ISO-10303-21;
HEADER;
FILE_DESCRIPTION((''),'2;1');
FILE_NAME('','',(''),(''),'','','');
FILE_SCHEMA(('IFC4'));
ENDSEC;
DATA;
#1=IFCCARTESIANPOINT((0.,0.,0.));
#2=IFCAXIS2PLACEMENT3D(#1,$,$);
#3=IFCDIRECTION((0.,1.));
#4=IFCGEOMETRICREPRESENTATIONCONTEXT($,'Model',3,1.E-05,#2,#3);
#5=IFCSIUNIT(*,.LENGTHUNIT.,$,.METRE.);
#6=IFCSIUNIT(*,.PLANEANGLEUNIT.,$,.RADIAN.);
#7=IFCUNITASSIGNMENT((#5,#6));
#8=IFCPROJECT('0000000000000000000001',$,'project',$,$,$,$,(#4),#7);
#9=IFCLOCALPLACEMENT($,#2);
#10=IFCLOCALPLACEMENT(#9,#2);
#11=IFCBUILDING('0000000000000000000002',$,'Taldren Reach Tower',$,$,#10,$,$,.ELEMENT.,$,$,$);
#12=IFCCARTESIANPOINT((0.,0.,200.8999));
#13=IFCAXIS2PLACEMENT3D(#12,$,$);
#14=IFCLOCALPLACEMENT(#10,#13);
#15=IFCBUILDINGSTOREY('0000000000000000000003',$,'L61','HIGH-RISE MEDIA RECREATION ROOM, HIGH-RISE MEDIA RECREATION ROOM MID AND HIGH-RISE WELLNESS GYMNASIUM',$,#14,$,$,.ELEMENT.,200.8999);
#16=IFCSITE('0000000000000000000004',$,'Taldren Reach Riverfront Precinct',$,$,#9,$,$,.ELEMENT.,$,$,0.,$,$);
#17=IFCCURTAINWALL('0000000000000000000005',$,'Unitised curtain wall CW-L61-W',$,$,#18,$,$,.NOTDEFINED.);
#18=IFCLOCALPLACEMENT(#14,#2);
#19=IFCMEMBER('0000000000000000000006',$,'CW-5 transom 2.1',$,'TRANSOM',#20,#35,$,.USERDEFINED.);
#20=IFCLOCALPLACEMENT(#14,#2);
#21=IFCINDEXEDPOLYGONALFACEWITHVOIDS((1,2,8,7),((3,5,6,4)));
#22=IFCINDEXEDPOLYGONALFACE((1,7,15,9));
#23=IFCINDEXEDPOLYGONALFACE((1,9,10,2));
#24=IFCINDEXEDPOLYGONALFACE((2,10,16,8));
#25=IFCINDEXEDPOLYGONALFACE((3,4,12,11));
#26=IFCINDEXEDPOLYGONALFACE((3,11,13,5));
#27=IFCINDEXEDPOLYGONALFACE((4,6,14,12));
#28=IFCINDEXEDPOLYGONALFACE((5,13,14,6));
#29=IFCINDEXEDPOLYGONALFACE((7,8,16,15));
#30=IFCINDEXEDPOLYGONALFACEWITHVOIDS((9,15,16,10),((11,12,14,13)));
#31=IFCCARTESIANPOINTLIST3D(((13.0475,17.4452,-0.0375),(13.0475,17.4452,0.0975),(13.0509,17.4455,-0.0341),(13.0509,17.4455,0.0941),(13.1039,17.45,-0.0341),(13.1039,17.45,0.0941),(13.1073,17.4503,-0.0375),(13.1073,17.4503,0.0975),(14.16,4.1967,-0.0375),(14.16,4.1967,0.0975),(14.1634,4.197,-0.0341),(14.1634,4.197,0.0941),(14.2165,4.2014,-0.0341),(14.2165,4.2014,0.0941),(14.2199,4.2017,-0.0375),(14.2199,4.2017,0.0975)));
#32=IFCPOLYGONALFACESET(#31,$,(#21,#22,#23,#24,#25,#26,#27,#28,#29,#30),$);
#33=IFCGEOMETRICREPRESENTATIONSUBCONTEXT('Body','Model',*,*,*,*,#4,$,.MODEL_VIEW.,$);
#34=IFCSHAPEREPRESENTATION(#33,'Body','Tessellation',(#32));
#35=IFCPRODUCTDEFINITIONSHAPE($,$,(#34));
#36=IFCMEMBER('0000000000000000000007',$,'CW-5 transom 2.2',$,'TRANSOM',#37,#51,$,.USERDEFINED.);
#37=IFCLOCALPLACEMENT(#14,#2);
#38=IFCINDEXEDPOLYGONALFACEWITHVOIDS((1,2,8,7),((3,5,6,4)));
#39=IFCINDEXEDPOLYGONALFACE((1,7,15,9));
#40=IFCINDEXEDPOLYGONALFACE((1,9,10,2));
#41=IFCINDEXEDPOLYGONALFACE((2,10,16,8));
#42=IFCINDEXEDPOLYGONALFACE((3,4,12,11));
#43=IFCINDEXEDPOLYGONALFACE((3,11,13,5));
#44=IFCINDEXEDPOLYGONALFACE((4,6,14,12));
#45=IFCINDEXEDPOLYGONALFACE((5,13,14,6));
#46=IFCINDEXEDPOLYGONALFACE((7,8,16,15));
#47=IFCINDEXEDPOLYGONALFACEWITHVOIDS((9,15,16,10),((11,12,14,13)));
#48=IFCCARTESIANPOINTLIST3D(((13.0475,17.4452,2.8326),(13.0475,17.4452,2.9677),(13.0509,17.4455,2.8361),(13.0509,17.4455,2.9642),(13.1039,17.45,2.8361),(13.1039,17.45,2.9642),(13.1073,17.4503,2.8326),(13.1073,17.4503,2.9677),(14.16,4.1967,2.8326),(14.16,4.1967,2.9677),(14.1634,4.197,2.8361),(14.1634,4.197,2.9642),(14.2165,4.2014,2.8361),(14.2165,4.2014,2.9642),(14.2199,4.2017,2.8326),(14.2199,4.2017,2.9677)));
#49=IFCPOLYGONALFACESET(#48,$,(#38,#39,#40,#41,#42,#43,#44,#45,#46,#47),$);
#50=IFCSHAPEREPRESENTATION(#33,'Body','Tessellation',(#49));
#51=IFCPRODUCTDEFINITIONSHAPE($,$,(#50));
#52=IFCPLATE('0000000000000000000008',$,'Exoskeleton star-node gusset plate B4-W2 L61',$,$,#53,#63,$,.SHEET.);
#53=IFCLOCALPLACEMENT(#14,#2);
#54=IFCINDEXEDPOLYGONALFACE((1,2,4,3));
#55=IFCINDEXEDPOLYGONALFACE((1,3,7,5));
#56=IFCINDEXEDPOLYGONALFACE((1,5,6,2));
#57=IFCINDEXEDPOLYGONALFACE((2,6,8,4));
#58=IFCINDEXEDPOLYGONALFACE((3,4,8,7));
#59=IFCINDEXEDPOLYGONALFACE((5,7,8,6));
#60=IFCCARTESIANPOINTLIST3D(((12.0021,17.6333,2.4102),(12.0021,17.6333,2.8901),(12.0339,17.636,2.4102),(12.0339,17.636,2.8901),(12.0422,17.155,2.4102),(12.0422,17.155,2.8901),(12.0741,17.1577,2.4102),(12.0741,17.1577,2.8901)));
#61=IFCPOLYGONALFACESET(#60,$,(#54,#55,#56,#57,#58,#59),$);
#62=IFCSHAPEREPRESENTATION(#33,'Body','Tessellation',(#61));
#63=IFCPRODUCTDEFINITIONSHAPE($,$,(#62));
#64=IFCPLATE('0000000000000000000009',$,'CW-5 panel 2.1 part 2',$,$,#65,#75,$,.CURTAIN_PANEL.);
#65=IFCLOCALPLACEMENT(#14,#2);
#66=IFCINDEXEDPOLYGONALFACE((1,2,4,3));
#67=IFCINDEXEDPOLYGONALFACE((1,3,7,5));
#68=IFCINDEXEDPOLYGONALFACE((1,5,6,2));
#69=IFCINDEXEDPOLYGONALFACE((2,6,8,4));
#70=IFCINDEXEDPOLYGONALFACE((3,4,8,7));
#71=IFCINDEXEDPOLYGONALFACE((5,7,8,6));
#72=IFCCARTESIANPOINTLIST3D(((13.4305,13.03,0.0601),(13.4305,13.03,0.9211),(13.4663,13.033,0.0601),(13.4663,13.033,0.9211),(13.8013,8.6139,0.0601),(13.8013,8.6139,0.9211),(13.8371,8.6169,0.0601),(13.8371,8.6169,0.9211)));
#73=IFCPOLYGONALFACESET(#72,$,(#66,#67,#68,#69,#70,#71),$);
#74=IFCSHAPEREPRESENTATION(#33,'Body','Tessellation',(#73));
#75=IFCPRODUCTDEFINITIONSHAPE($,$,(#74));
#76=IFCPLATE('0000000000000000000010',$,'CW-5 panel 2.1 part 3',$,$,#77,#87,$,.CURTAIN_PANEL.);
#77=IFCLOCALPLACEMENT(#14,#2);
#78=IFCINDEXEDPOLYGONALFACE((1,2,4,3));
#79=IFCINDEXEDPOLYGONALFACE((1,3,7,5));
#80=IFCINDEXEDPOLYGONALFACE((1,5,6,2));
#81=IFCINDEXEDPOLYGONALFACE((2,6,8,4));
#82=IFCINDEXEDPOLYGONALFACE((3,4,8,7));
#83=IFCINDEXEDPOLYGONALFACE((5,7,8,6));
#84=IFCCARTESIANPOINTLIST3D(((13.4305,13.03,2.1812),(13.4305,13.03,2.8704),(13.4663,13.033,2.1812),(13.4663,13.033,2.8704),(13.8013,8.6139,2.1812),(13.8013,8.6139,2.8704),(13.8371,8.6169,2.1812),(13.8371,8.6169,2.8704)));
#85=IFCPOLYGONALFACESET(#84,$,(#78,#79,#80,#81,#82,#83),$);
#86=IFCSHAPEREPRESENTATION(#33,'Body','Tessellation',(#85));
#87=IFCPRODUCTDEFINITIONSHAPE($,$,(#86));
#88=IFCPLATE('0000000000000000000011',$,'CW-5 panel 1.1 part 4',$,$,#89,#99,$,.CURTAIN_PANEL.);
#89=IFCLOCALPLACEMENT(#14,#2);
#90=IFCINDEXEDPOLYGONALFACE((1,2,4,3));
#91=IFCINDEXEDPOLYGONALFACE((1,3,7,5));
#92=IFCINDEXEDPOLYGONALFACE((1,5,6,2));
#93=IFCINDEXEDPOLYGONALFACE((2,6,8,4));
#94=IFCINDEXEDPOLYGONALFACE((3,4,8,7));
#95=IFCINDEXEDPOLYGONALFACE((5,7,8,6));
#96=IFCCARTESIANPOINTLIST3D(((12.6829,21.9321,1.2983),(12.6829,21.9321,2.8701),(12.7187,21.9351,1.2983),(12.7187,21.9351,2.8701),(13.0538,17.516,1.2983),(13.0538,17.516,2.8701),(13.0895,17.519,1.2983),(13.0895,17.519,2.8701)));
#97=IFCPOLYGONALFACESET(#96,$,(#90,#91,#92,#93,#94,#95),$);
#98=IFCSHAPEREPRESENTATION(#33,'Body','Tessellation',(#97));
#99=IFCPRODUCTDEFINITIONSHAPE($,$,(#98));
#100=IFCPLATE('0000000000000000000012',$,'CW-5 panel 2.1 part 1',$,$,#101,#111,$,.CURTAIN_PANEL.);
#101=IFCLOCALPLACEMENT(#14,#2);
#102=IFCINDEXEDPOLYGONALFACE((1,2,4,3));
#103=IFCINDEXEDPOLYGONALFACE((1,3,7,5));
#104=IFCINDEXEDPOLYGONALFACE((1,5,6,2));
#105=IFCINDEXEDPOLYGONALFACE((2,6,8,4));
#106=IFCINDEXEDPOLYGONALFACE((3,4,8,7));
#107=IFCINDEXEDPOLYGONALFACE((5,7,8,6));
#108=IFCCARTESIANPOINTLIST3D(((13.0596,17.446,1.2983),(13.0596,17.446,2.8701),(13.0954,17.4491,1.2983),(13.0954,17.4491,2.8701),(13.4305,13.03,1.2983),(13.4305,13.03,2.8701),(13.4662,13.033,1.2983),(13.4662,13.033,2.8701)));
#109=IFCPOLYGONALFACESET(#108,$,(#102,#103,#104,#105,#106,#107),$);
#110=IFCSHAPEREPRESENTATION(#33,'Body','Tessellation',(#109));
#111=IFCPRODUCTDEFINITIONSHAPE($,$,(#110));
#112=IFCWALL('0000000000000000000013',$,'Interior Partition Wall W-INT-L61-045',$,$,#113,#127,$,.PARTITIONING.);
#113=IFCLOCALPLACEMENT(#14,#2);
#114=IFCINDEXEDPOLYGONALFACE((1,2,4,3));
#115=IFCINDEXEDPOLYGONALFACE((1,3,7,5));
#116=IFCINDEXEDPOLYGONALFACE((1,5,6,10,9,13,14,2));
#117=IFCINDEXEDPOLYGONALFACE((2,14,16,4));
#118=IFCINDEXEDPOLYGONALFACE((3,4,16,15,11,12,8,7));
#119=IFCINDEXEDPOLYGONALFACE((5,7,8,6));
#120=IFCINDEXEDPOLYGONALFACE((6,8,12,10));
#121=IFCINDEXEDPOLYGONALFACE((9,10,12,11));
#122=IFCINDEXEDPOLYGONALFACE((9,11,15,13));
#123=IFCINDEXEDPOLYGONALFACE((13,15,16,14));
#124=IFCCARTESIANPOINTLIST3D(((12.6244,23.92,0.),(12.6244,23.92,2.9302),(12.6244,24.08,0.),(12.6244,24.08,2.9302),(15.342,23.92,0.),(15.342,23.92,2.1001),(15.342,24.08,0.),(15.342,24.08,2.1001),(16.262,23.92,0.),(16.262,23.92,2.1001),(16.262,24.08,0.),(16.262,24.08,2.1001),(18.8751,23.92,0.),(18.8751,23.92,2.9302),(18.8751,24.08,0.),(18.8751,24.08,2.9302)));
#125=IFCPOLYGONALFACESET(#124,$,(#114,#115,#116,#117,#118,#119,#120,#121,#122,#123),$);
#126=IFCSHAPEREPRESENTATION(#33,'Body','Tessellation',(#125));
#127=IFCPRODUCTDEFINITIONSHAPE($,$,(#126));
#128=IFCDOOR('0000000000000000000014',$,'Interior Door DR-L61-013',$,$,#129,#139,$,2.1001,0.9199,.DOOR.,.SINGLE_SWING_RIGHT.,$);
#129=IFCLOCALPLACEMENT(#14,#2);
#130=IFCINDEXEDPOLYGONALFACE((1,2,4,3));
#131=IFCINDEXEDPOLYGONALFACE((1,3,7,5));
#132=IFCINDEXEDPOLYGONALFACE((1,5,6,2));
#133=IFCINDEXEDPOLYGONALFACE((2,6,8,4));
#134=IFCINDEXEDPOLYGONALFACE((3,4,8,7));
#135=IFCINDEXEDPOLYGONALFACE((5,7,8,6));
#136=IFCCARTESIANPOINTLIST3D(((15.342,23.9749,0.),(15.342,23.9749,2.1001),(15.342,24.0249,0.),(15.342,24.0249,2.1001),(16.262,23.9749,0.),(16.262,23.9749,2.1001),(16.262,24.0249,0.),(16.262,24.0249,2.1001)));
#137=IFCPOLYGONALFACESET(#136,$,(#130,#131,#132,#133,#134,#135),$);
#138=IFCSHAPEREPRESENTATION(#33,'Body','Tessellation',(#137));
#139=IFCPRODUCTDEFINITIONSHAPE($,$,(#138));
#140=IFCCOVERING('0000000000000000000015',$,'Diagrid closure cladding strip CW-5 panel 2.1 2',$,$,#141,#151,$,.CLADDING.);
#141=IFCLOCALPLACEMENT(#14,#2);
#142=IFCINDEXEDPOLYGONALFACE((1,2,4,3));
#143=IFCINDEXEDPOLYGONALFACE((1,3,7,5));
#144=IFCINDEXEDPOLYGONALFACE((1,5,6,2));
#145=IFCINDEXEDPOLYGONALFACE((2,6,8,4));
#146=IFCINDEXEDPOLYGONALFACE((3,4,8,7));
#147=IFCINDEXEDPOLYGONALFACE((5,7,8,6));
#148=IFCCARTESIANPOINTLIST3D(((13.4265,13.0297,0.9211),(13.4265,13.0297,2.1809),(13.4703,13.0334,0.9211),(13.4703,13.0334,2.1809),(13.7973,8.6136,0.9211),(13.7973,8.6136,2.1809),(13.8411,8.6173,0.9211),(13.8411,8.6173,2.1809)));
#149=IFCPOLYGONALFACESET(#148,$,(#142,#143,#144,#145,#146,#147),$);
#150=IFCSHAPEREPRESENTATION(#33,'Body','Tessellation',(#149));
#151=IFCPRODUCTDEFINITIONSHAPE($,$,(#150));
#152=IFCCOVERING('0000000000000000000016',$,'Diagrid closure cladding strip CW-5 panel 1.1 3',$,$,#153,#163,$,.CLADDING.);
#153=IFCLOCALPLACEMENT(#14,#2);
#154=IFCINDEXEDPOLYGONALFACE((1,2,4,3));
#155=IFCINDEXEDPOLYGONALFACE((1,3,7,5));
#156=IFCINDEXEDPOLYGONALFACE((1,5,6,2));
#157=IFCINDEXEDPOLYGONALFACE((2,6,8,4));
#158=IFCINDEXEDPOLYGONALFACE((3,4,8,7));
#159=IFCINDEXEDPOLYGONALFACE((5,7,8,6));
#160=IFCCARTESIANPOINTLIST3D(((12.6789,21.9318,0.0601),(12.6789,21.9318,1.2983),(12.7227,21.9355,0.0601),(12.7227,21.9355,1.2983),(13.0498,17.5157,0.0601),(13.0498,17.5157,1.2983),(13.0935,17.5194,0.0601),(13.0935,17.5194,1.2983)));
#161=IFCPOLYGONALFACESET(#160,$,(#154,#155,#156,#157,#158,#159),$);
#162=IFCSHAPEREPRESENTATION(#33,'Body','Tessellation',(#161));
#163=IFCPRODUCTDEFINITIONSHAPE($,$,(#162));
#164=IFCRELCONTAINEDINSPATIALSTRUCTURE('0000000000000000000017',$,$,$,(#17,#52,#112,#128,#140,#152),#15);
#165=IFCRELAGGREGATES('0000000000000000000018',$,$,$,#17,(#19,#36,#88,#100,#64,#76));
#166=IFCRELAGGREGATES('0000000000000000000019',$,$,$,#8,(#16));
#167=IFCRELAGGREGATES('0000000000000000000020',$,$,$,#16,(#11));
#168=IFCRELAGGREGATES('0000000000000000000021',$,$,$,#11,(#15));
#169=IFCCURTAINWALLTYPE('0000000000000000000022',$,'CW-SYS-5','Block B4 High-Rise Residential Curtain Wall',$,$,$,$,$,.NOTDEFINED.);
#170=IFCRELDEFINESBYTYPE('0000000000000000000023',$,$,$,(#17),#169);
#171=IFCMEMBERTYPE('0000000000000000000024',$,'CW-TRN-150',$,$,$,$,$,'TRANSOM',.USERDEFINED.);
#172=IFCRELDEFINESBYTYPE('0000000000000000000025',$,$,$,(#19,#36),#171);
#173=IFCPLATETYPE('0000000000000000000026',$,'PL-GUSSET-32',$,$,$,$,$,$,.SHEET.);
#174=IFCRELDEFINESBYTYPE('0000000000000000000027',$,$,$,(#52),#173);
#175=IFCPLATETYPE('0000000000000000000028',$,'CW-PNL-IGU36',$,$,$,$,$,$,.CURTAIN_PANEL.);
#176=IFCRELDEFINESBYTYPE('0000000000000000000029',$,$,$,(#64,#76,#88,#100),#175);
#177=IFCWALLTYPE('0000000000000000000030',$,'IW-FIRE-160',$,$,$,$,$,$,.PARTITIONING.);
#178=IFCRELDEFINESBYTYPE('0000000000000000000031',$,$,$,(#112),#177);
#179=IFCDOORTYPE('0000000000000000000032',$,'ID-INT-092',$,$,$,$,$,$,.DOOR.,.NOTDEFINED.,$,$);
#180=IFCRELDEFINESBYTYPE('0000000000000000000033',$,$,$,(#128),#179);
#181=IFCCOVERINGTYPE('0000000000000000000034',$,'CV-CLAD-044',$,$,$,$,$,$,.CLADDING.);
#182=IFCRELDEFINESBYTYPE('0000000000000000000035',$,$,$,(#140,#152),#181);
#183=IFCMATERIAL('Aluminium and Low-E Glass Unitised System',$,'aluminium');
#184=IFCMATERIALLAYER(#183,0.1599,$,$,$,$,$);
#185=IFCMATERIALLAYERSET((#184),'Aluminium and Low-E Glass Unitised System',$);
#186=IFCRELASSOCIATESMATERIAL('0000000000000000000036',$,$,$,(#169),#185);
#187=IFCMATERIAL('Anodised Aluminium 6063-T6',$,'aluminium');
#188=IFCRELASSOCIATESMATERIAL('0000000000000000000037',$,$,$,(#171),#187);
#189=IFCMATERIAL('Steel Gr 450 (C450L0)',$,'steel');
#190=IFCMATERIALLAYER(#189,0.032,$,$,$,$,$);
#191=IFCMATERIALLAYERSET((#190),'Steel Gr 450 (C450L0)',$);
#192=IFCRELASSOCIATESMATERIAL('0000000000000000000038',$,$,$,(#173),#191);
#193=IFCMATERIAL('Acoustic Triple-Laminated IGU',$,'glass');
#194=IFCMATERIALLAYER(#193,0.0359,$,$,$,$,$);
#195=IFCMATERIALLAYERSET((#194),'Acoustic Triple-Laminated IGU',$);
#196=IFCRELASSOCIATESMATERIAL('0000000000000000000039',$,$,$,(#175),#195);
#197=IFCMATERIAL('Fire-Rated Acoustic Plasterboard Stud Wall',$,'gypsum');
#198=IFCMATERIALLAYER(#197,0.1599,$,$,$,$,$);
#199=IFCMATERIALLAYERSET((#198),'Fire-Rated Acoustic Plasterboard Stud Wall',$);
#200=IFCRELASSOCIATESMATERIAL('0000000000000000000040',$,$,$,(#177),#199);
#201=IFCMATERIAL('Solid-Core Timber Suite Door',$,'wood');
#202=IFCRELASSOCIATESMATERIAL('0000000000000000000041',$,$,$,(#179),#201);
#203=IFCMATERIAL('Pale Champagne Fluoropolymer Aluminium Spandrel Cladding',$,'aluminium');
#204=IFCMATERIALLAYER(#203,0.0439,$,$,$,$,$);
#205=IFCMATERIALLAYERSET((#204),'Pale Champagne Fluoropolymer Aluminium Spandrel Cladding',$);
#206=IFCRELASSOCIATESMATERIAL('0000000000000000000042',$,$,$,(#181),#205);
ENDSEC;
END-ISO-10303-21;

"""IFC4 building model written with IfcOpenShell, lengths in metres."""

from ifc_helpers import new_model, si_unit, direction, frame, frame_2d, origin, origin_2d, place, context, subcontext, project, spatial, rectangle, hollow_rectangle, extrude, source, transform, mapped, material, layer, layer_set, material_profile, profile_set, type_object, element, fill, aggregate, save


model = new_model("IFC4")

# Units and contexts
model_context = context("Model", 3, precision=1e-05, world=origin(), true_north=direction((0.0, 1.0)))
body_context = subcontext(model_context, "Body", "Model", "MODEL_VIEW")
ifc_project = project(units=[si_unit("LENGTHUNIT", "METRE"), si_unit("PLANEANGLEUNIT", "RADIAN")], contexts=[model_context])

# Site, building, storey
site_placement = place(None, origin())
site = spatial("IfcSite", under=ifc_project, at=site_placement, Name="Taldren Reach Riverfront Precinct", CompositionType="ELEMENT", RefElevation=0.0)
building_placement = place(site_placement, origin())
building = spatial("IfcBuilding", under=site, at=building_placement, Name="Taldren Reach Tower", CompositionType="ELEMENT")
storey_placement = place(building_placement, frame((0.0, 0.0, 200.8999)))
storey = spatial("IfcBuildingStorey", under=building, at=storey_placement, Name="L61", Description="HIGH-RISE MEDIA RECREATION ROOM, HIGH-RISE MEDIA RECREATION ROOM MID AND HIGH-RISE WELLNESS GYMNASIUM", CompositionType="ELEMENT", Elevation=200.8999)

# Shared definitions
ifc_material_1 = material(Name="Steel Gr 450 (C450L0)", Category="steel")

# Curtain wall, members
ifc_material_2 = material(Name="Aluminium and Low-E Glass Unitised System", Category="aluminium")
ifc_layer_1 = layer(ifc_material_2, 0.1599)
ifc_layer_set_1 = layer_set([ifc_layer_1], Name="Aluminium and Low-E Glass Unitised System")
curtain_wall_type = type_object("IfcCurtainWallType", Name="CW-SYS-5", Description="Block B4 High-Rise Residential Curtain Wall", PredefinedType="NOTDEFINED", material=ifc_layer_set_1)
curtain_wall_placement = place(storey_placement, origin())
curtain_wall = element("IfcCurtainWall", 1, at=curtain_wall_placement, inside=storey, type_object=curtain_wall_type, Name="Unitised curtain wall CW-L61-W", PredefinedType="NOTDEFINED")
ifc_material_3 = material(Name="Anodised Aluminium 6063-T6", Category="aluminium")
ifc_material_profile_1 = material_profile(ifc_material_3, hollow_rectangle(XDim=0.0601, YDim=0.135, WallThickness=0.0034, at=origin_2d()), Name="ALU-135x60x3.5RHS")
ifc_profile_set_1 = profile_set([ifc_material_profile_1], Name="Anodised Aluminium 6063-T6")
member_type_1 = type_object("IfcMemberType", Name="CW-TRN-150", ElementType="TRANSOM", PredefinedType="USERDEFINED", material=ifc_profile_set_1)
shared_shape_1 = source(origin(), body_context, "Body", "SweptSolid", [
    extrude(hollow_rectangle(XDim=0.0601, YDim=0.135, WallThickness=0.0034, at=origin_2d()), origin(), (0.0, 0.0, 1.0), 13.2952),
])
member_1_placement = place(storey_placement, frame((13.0774, 17.4478, 0.03), z_axis=(0.083681, -0.996493, 0.0), x_axis=(0.996493, 0.083681, 0.0)))
member_1 = element("IfcMember", 2, at=member_1_placement, type_object=member_type_1, Name="CW-5 transom 2.1", ObjectType="TRANSOM", PredefinedType="USERDEFINED", context=body_context, shape_type="MappedRepresentation", body=[
    mapped(shared_shape_1, transform((0.0, 0.0, 0.0), scale=1.0)),
])
member_2_placement = place(storey_placement, frame((13.0774, 17.4478, 2.9001), z_axis=(0.083681, -0.996493, 0.0), x_axis=(0.996493, 0.083681, 0.0)))
member_2 = element("IfcMember", 3, at=member_2_placement, type_object=member_type_1, Name="CW-5 transom 2.2", ObjectType="TRANSOM", PredefinedType="USERDEFINED", context=body_context, shape_type="MappedRepresentation", body=[
    mapped(shared_shape_1, transform((0.0, 0.0, 0.0), scale=1.0)),
])

# Plates
ifc_layer_2 = layer(ifc_material_1, 0.032)
ifc_layer_set_2 = layer_set([ifc_layer_2], Name="Steel Gr 450 (C450L0)")
plate_type_1 = type_object("IfcPlateType", Name="PL-GUSSET-32", PredefinedType="SHEET", material=ifc_layer_set_2)
shared_shape_2 = source(origin(), body_context, "Body", "SweptSolid", [
    extrude(rectangle(XDim=0.48, YDim=0.032, at=origin_2d()), origin(), (0.0, 0.0, 1.0), 0.48),
])
plate_1_placement = place(storey_placement, frame((12.0381, 17.3955, 2.4102), z_axis=(0.0, 0.0, 1.0), x_axis=(-0.083678, 0.996493, 0.0)))
element("IfcPlate", 4, at=plate_1_placement, inside=storey, type_object=plate_type_1, Name="Exoskeleton star-node gusset plate B4-W2 L61", PredefinedType="SHEET", context=body_context, shape_type="MappedRepresentation", body=[
    mapped(shared_shape_2, transform((0.0, 0.0, 0.0), scale=1.0)),
])
ifc_material_4 = material(Name="Acoustic Triple-Laminated IGU", Category="glass")
ifc_layer_3 = layer(ifc_material_4, 0.0359)
ifc_layer_set_3 = layer_set([ifc_layer_3], Name="Acoustic Triple-Laminated IGU")
plate_type_2 = type_object("IfcPlateType", Name="CW-PNL-IGU36", PredefinedType="CURTAIN_PANEL", material=ifc_layer_set_3)
shared_shape_3 = source(origin(), body_context, "Body", "SweptSolid", [
    extrude(rectangle(XDim=4.4316, YDim=0.0359, at=origin_2d()), origin(), (0.0, 0.0, 1.0), 0.8611),
])
plate_2_placement = place(storey_placement, frame((13.6338, 10.8235, 0.0601), z_axis=(0.0, 0.0, 1.0), x_axis=(0.083678, -0.996493, 0.0)))
plate_2 = element("IfcPlate", 5, at=plate_2_placement, type_object=plate_type_2, Name="CW-5 panel 2.1 part 2", PredefinedType="CURTAIN_PANEL", context=body_context, shape_type="MappedRepresentation", body=[
    mapped(shared_shape_3, transform((0.0, 0.0, 0.0), scale=1.0)),
])
shared_shape_4 = source(origin(), body_context, "Body", "SweptSolid", [
    extrude(rectangle(XDim=4.4316, YDim=0.0359, at=origin_2d()), origin(), (0.0, 0.0, 1.0), 0.6892),
])
plate_3_placement = place(storey_placement, frame((13.6338, 10.8235, 2.1812), z_axis=(0.0, 0.0, 1.0), x_axis=(0.083678, -0.996493, 0.0)))
plate_3 = element("IfcPlate", 6, at=plate_3_placement, type_object=plate_type_2, Name="CW-5 panel 2.1 part 3", PredefinedType="CURTAIN_PANEL", context=body_context, shape_type="MappedRepresentation", body=[
    mapped(shared_shape_4, transform((0.0, 0.0, 0.0), scale=1.0)),
])
shared_shape_5 = source(origin(), body_context, "Body", "SweptSolid", [
    extrude(rectangle(XDim=4.4316, YDim=0.0359, at=origin_2d()), origin(), (0.0, 0.0, 1.0), 1.5718),
])
plate_4_placement = place(storey_placement, frame((12.8862, 19.7256, 1.2983), z_axis=(0.0, 0.0, 1.0), x_axis=(0.083678, -0.996493, 0.0)))
plate_4 = element("IfcPlate", 7, at=plate_4_placement, type_object=plate_type_2, Name="CW-5 panel 1.1 part 4", PredefinedType="CURTAIN_PANEL", context=body_context, shape_type="MappedRepresentation", body=[
    mapped(shared_shape_5, transform((0.0, 0.0, 0.0), scale=1.0)),
])
plate_5_placement = place(storey_placement, frame((13.2629, 15.2395, 1.2983), z_axis=(0.0, 0.0, 1.0), x_axis=(0.083678, -0.996493, 0.0)))
plate_5 = element("IfcPlate", 8, at=plate_5_placement, type_object=plate_type_2, Name="CW-5 panel 2.1 part 1", PredefinedType="CURTAIN_PANEL", context=body_context, shape_type="MappedRepresentation", body=[
    mapped(shared_shape_5, transform((0.0, 0.0, 0.0), scale=1.0)),
])
aggregate(curtain_wall, [member_1, member_2, plate_4, plate_5, plate_2, plate_3])

# Wall, opening, door
ifc_material_5 = material(Name="Fire-Rated Acoustic Plasterboard Stud Wall", Category="gypsum")
ifc_layer_4 = layer(ifc_material_5, 0.1599)
ifc_layer_set_4 = layer_set([ifc_layer_4], Name="Fire-Rated Acoustic Plasterboard Stud Wall")
wall_type = type_object("IfcWallType", Name="IW-FIRE-160", PredefinedType="PARTITIONING", material=ifc_layer_set_4)
shared_shape_6 = source(origin(), body_context, "Body", "SweptSolid", [
    extrude(rectangle(XDim=6.2507, YDim=0.1599, at=frame_2d((3.1255, 0.0))), origin(), (0.0, 0.0, 1.0), 2.9302),
])
wall_placement = place(storey_placement, frame((12.6243, 24.0, 0.0), z_axis=(0.0, 0.0, 1.0), x_axis=(1.0, 0.0, 0.0)))
wall = element("IfcWall", 9, at=wall_placement, inside=storey, type_object=wall_type, Name="Interior Partition Wall W-INT-L61-045", PredefinedType="PARTITIONING", context=body_context, shape_type="MappedRepresentation", body=[
    mapped(shared_shape_6, transform((0.0, 0.0, 0.0), scale=1.0)),
])
shared_shape_7 = source(origin(), body_context, "Body", "SweptSolid", [
    extrude(rectangle(XDim=0.9199, YDim=2.1001, at=frame_2d((0.46, 1.05))), frame((0.0, 0.0898, 0.0), z_axis=(0.0, -1.0, 0.0), x_axis=(1.0, 0.0, 0.0)), (0.0, 0.0, 1.0), 0.1799),
])
opening_placement = place(wall_placement, frame((2.7178, 0.0, 0.0)))
opening = element("IfcOpeningElement", 10, at=opening_placement, cuts=wall, PredefinedType="OPENING", context=body_context, shape_type="MappedRepresentation", body=[
    mapped(shared_shape_7, transform((0.0, 0.0, 0.0), scale=1.0)),
])
ifc_material_6 = material(Name="Solid-Core Timber Suite Door", Category="wood")
door_type = type_object("IfcDoorType", Name="ID-INT-092", OperationType="NOTDEFINED", PredefinedType="DOOR", material=ifc_material_6)
shared_shape_8 = source(origin(), body_context, "Body", "SweptSolid", [
    extrude(rectangle(XDim=0.9199, YDim=2.1001, at=frame_2d((0.46, 1.05))), frame((0.0, 0.0249, 0.0), z_axis=(0.0, -1.0, 0.0), x_axis=(1.0, 0.0, 0.0)), (0.0, 0.0, 1.0), 0.05),
])
door_placement = place(opening_placement, origin())
door = element("IfcDoor", 11, at=door_placement, inside=storey, type_object=door_type, Name="Interior Door DR-L61-013", OperationType="SINGLE_SWING_RIGHT", OverallHeight=2.1001, OverallWidth=0.9199, PredefinedType="DOOR", context=body_context, shape_type="MappedRepresentation", body=[
    mapped(shared_shape_8, transform((0.0, 0.0, 0.0), scale=1.0)),
])
fill(opening, door)

# Coverings
ifc_material_7 = material(Name="Pale Champagne Fluoropolymer Aluminium Spandrel Cladding", Category="aluminium")
ifc_layer_5 = layer(ifc_material_7, 0.0439)
ifc_layer_set_5 = layer_set([ifc_layer_5], Name="Pale Champagne Fluoropolymer Aluminium Spandrel Cladding")
covering_type = type_object("IfcCoveringType", Name="CV-CLAD-044", PredefinedType="CLADDING", material=ifc_layer_set_5)
shared_shape_9 = source(origin(), body_context, "Body", "SweptSolid", [
    extrude(rectangle(XDim=4.4316, YDim=0.0439, at=origin_2d()), origin(), (0.0, 0.0, 1.0), 1.2598),
])
covering_placement = place(storey_placement, frame((13.6338, 10.8235, 0.9211), z_axis=(0.0, 0.0, 1.0), x_axis=(0.083678, -0.996493, 0.0)))
element("IfcCovering", 12, at=covering_placement, inside=storey, type_object=covering_type, Name="Diagrid closure cladding strip CW-5 panel 2.1 2", PredefinedType="CLADDING", context=body_context, shape_type="MappedRepresentation", body=[
    mapped(shared_shape_9, transform((0.0, 0.0, 0.0), scale=1.0)),
])
shared_shape_10 = source(origin(), body_context, "Body", "SweptSolid", [
    extrude(rectangle(XDim=4.4316, YDim=0.0439, at=origin_2d()), origin(), (0.0, 0.0, 1.0), 1.2383),
])
for number, where, z_axis, x_axis, name in (
    (13, (12.8862, 19.7256, 0.0601), (0.0, 0.0, 1.0), (0.083678, -0.996493, 0.0), "Diagrid closure cladding strip CW-5 panel 1.1 3"),
):
    element("IfcCovering", number, at=place(storey_placement, frame(where, z_axis=z_axis, x_axis=x_axis)), inside=storey, type_object=covering_type, Name=name, PredefinedType="CLADDING", context=body_context, shape_type="MappedRepresentation", body=[
        mapped(shared_shape_10, transform((0.0, 0.0, 0.0), scale=1.0)),
    ])

save(model, "model.ifc")
